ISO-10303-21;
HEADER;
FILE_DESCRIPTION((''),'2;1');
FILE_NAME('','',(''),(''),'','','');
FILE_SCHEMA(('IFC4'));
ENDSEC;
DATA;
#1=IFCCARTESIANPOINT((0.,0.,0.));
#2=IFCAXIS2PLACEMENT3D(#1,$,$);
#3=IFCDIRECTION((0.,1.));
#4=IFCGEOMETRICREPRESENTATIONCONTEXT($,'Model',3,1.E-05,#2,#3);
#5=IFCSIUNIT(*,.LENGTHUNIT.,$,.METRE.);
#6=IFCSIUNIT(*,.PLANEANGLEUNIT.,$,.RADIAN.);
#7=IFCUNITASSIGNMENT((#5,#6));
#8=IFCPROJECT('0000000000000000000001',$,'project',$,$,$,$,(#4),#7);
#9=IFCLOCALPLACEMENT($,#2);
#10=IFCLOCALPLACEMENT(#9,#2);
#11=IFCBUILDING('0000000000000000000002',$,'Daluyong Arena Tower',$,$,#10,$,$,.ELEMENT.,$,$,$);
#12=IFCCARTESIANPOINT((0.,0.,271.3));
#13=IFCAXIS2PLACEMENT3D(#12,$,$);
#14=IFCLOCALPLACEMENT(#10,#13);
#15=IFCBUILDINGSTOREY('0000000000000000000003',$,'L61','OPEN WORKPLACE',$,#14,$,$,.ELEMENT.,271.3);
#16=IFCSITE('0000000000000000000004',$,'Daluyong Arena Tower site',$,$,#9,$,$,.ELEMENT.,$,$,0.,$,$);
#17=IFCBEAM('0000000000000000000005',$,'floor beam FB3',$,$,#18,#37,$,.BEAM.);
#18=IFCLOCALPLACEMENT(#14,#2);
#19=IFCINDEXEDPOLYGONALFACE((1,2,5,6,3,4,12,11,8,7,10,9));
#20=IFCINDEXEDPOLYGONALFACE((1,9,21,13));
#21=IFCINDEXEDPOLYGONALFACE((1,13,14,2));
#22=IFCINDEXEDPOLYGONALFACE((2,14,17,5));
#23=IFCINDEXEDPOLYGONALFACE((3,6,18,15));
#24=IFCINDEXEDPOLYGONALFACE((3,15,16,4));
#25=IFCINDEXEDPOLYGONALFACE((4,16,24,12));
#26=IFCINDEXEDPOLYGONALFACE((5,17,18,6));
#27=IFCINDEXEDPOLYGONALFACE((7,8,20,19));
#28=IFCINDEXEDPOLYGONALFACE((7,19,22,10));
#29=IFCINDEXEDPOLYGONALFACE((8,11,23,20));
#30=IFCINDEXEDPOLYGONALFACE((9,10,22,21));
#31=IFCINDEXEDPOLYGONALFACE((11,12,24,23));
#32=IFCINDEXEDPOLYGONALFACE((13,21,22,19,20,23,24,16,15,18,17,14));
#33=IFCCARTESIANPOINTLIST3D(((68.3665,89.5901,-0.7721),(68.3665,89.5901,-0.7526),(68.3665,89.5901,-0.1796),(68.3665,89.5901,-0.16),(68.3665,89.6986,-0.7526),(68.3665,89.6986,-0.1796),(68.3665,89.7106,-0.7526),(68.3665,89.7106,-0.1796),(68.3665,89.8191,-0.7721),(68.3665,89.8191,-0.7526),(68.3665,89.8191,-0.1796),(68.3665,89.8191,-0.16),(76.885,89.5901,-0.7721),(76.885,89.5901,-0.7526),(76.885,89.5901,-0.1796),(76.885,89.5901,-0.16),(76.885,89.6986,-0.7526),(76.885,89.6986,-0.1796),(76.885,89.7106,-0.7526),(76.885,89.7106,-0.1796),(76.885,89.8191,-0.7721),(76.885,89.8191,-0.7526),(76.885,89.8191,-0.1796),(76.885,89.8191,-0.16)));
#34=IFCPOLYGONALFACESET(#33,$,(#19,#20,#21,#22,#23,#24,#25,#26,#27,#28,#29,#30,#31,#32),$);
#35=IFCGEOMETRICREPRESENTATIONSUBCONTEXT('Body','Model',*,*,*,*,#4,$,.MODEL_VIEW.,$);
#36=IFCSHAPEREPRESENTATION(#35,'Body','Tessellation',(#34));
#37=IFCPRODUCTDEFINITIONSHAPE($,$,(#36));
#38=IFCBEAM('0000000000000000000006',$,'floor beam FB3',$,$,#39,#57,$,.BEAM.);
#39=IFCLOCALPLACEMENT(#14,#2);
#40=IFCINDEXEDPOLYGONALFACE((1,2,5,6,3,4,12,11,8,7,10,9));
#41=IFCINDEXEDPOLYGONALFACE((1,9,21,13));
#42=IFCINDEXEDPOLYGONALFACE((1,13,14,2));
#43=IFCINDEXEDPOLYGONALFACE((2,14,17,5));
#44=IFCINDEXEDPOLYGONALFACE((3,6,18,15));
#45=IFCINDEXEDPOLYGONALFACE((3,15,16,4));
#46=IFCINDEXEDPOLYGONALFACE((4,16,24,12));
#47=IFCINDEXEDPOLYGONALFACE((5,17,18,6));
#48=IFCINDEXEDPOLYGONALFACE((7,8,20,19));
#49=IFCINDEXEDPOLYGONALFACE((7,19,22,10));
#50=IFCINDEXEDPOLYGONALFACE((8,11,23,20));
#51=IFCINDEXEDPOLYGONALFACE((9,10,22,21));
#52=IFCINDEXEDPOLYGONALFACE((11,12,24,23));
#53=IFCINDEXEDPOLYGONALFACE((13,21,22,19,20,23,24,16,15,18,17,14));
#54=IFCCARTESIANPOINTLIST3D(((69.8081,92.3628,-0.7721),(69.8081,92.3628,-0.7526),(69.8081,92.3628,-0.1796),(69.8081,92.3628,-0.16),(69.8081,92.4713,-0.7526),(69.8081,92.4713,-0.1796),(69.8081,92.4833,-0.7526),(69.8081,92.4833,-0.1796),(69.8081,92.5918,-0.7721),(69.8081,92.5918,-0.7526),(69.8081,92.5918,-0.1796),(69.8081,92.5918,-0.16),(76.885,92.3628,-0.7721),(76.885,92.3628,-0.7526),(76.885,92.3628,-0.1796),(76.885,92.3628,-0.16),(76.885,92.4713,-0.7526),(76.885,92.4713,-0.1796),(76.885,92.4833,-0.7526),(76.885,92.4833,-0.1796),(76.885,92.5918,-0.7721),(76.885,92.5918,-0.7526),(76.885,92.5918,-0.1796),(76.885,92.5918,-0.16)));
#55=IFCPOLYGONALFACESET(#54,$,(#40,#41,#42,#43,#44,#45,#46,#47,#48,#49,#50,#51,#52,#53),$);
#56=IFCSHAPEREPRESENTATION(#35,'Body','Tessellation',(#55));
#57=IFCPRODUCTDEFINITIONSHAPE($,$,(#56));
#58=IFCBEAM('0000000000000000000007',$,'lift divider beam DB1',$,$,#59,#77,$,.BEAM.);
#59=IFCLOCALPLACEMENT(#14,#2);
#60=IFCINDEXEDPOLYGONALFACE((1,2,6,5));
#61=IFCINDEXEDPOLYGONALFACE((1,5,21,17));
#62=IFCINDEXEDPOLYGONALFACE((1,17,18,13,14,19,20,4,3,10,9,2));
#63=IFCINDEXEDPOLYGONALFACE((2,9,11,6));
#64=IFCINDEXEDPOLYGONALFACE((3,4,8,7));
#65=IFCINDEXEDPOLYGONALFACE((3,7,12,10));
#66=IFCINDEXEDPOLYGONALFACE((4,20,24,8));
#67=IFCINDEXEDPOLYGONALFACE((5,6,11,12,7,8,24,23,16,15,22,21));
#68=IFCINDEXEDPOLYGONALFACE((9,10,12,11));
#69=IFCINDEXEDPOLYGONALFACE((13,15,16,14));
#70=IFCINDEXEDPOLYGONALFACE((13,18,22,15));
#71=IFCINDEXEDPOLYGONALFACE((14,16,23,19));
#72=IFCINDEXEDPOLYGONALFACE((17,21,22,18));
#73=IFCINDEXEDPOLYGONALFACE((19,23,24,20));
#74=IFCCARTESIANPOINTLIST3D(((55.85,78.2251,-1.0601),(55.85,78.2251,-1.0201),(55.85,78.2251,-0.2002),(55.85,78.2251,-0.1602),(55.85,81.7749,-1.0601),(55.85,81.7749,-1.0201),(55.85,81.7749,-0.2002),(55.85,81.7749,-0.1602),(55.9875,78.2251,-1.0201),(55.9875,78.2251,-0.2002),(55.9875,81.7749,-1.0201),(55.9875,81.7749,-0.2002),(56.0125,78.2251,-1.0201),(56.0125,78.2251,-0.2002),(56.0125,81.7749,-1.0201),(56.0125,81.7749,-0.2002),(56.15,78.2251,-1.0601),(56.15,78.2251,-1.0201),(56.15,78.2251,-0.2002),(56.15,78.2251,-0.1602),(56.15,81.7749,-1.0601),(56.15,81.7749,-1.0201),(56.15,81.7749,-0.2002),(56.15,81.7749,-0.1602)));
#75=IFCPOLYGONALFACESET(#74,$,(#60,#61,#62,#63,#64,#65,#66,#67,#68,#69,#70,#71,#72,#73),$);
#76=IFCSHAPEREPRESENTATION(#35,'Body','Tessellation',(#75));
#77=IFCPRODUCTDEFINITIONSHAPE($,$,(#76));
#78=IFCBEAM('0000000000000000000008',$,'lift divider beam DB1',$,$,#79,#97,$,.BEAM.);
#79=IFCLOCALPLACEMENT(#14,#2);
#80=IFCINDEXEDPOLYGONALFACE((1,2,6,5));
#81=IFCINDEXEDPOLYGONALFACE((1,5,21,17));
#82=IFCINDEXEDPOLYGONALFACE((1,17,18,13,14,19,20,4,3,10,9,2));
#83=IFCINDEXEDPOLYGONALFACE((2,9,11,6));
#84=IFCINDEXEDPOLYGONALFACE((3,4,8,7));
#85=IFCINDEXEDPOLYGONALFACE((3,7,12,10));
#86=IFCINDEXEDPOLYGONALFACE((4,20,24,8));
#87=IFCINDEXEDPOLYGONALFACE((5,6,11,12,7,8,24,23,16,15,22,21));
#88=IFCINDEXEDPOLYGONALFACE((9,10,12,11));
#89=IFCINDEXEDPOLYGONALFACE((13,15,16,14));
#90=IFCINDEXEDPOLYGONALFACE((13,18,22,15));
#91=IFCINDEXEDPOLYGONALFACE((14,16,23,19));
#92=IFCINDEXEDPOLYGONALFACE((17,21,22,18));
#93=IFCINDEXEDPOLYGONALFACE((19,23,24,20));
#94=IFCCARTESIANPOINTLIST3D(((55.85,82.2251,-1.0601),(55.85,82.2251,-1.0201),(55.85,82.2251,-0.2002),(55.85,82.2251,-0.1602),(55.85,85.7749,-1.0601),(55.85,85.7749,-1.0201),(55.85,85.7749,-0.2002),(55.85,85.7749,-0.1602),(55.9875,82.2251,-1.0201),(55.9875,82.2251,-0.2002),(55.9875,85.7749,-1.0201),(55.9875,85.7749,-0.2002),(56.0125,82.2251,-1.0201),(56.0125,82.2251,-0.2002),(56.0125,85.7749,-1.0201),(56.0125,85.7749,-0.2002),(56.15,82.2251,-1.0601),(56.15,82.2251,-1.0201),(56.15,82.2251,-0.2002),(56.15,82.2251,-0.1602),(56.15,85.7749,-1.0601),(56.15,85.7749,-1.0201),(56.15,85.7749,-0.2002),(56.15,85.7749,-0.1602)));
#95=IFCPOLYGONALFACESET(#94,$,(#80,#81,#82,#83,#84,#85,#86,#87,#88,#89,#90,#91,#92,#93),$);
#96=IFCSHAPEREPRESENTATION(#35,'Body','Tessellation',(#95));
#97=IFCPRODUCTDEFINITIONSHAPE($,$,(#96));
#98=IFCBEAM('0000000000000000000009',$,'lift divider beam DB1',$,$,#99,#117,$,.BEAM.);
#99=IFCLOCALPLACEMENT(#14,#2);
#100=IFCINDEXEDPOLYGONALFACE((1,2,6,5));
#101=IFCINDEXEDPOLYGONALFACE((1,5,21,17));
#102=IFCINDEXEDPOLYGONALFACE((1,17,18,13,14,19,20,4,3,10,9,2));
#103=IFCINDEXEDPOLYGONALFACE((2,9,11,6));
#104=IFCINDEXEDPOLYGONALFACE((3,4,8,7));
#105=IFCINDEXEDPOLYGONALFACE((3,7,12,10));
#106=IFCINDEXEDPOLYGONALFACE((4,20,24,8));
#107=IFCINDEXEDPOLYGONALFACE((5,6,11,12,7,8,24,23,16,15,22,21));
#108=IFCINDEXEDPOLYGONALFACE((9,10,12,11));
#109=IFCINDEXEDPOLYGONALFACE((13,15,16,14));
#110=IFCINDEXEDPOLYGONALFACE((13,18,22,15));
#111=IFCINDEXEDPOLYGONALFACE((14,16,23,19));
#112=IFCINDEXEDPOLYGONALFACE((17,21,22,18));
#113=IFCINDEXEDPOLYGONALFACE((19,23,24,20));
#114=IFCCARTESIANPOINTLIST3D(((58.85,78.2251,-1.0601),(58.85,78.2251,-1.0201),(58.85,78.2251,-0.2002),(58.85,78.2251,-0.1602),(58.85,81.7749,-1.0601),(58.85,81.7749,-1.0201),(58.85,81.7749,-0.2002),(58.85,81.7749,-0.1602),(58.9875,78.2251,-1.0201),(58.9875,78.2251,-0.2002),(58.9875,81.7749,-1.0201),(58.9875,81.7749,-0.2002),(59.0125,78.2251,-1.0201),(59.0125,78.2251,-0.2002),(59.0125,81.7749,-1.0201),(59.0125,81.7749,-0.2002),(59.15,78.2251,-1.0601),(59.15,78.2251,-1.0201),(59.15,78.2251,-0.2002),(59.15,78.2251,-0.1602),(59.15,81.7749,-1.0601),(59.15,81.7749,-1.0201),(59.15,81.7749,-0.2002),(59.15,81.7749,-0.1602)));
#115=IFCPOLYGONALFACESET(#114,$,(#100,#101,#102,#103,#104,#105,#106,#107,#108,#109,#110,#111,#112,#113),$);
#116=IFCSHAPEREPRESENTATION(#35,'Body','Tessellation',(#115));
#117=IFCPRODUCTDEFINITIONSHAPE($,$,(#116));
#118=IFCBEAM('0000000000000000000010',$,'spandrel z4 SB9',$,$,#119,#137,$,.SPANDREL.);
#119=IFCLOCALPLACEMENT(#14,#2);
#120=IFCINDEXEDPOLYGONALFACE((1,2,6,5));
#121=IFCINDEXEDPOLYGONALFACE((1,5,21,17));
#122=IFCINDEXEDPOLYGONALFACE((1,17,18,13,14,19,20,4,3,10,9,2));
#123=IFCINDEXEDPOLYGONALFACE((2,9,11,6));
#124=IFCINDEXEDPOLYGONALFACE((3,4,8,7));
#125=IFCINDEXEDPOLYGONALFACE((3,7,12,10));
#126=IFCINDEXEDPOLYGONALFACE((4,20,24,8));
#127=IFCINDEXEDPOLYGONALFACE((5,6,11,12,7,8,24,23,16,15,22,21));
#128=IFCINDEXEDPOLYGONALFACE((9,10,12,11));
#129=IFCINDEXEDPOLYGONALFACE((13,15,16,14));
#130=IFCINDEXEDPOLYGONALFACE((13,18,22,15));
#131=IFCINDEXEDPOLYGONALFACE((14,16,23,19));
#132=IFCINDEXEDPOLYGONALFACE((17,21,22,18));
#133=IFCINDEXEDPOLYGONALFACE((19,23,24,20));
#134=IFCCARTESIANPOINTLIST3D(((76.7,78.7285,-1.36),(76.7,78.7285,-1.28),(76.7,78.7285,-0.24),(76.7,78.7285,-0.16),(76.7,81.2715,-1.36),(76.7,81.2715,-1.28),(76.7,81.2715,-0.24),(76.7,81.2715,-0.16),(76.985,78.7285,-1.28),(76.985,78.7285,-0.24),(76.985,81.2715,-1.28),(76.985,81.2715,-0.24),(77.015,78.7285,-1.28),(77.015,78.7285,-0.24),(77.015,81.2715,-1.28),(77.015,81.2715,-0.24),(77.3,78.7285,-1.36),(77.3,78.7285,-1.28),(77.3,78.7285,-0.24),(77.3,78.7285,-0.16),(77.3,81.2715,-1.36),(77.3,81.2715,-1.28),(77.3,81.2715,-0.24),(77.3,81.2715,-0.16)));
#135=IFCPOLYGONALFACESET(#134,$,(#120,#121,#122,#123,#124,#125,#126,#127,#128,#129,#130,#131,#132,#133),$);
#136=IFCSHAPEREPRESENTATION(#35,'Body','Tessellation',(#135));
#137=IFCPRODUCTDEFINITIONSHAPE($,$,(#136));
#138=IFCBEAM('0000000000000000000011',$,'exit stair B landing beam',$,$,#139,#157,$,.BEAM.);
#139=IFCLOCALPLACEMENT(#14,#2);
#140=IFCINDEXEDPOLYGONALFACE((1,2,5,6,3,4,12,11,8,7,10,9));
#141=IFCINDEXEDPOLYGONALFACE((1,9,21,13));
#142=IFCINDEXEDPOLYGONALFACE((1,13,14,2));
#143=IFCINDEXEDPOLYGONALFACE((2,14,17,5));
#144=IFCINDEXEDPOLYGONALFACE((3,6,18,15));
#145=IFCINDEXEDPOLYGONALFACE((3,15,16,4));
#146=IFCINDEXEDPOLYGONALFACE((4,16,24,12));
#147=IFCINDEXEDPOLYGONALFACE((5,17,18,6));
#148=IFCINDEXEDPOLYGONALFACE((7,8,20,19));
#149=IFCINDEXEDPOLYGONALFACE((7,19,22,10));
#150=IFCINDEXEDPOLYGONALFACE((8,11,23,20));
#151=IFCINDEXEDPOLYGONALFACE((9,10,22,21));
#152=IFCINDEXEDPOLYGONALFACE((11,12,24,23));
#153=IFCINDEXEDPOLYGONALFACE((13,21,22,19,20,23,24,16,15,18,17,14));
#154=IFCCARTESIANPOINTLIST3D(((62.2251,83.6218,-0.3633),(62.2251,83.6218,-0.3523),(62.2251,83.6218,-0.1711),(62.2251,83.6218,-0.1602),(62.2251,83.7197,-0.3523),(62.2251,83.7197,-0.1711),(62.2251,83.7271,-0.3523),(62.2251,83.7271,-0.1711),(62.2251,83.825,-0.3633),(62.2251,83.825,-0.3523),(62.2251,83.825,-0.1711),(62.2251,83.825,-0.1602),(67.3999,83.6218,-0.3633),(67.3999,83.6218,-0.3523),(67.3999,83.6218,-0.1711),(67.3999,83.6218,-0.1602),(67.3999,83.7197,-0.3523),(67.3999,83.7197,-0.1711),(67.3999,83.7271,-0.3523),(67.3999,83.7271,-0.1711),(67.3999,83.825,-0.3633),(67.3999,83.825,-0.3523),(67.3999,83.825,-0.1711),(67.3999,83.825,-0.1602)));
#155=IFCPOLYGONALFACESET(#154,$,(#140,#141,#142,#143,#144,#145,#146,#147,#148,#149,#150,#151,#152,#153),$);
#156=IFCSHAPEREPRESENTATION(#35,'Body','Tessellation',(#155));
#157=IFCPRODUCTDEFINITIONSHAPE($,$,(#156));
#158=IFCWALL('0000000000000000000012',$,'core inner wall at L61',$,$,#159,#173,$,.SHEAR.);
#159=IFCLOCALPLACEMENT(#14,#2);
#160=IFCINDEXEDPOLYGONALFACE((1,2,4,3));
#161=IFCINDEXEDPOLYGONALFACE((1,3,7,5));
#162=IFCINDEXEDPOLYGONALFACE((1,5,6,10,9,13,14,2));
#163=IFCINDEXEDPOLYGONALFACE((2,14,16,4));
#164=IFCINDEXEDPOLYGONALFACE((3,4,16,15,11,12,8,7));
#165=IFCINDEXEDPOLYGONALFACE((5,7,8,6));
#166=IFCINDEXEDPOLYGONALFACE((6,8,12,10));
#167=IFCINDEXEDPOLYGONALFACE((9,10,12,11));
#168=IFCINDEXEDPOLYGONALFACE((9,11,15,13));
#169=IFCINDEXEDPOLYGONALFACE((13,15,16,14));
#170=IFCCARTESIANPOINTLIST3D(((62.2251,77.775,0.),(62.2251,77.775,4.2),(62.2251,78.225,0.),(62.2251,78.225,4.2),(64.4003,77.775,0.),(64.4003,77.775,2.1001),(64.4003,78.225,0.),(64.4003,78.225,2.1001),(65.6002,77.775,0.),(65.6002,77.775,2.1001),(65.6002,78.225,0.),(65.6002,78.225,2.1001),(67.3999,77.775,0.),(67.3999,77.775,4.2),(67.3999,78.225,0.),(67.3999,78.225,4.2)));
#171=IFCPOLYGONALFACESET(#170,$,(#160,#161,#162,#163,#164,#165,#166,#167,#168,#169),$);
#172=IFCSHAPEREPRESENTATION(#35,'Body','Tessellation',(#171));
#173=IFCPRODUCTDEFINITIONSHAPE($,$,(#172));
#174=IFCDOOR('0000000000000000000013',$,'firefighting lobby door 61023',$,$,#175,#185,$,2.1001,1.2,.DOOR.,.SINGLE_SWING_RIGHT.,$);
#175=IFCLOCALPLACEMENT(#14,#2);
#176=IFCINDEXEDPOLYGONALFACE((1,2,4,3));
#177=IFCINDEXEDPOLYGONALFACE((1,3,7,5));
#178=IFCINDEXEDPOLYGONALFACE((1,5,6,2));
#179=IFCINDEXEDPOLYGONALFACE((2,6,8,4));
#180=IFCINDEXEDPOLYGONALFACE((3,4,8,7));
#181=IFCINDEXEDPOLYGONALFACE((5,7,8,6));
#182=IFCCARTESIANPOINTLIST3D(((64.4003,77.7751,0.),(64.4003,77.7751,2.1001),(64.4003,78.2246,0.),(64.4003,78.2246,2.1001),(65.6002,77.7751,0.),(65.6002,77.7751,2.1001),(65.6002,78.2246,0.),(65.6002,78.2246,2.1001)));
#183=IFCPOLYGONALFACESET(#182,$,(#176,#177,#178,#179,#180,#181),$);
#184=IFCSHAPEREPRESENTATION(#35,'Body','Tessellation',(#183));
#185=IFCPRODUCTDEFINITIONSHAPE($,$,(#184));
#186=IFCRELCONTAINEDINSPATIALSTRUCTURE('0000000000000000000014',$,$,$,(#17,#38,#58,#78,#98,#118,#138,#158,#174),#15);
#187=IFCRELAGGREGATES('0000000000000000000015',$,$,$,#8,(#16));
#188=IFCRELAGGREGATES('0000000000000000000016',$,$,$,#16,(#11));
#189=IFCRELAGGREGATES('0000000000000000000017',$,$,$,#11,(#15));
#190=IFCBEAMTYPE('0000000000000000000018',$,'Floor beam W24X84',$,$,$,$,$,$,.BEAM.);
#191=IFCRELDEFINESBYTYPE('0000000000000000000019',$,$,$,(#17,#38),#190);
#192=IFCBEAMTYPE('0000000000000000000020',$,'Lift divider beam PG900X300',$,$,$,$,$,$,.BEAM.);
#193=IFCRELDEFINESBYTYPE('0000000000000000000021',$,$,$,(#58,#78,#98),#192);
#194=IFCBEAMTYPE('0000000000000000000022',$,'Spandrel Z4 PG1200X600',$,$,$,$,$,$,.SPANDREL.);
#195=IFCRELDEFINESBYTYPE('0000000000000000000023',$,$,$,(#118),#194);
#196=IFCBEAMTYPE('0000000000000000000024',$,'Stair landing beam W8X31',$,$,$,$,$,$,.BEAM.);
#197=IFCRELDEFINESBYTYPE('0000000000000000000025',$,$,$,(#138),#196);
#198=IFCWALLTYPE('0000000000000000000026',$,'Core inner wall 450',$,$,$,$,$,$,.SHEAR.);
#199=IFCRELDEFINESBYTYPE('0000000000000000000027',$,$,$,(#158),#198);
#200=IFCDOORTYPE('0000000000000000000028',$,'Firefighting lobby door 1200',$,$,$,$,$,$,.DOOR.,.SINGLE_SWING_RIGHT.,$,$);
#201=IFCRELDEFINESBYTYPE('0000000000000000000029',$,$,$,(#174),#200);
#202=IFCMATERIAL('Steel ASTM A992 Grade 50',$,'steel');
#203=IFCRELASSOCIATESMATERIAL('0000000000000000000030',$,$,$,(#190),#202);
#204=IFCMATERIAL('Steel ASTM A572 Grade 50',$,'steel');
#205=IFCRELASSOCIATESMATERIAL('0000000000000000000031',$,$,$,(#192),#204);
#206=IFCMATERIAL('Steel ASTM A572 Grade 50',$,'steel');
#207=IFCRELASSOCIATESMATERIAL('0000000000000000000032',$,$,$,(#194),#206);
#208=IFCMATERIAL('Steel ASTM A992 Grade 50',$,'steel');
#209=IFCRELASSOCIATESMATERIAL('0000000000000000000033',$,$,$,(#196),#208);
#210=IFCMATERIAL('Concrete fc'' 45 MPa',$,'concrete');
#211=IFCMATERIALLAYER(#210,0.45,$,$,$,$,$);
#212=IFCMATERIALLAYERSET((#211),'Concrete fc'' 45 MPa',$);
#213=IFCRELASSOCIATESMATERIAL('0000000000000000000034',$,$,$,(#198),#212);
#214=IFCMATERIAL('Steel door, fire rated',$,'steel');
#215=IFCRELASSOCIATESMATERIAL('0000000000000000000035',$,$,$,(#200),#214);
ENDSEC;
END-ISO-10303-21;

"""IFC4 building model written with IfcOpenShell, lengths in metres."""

from ifc_helpers import new_model, si_unit, direction, frame, frame_2d, origin, origin_2d, place, context, subcontext, project, spatial, rectangle, i_section, extrude, material, layer, layer_set, material_profile, profile_set, type_object, element, fill, save


model = new_model("IFC4")

# Units and contexts
model_context = context("Model", 3, precision=1e-05, world=origin(), true_north=direction((0.0, 1.0)))
body_context = subcontext(model_context, "Body", "Model", "MODEL_VIEW")
ifc_project = project(units=[si_unit("LENGTHUNIT", "METRE"), si_unit("PLANEANGLEUNIT", "RADIAN")], contexts=[model_context])

# Site, building, storey
site_placement = place(None, origin())
site = spatial("IfcSite", under=ifc_project, at=site_placement, Name="Daluyong Arena Tower site", CompositionType="ELEMENT", RefElevation=0.0)
building_placement = place(site_placement, origin())
building = spatial("IfcBuilding", under=site, at=building_placement, Name="Daluyong Arena Tower", CompositionType="ELEMENT")
storey_placement = place(building_placement, frame((0.0, 0.0, 271.3)))
storey = spatial("IfcBuildingStorey", under=building, at=storey_placement, Name="L61", Description="OPEN WORKPLACE", CompositionType="ELEMENT", Elevation=271.3)

# Beams
ifc_material_1 = material(Name="Steel ASTM A992 Grade 50", Category="steel")
ifc_material_profile_1 = material_profile(ifc_material_1, i_section(OverallWidth=0.229, OverallDepth=0.6121, WebThickness=0.012, FlangeThickness=0.0195, at=origin_2d()))
ifc_profile_set_1 = profile_set([ifc_material_profile_1], Name="Steel ASTM A992 Grade 50")
beam_type_1 = type_object("IfcBeamType", Name="Floor beam W24X84", PredefinedType="BEAM", material=ifc_profile_set_1)
beam_1_placement = place(storey_placement, frame((76.885, 89.7046, -0.4661), z_axis=(-1.0, 0.0, 0.0), x_axis=(0.0, -1.0, 0.0)))
element("IfcBeam", 1, at=beam_1_placement, inside=storey, type_object=beam_type_1, Name="floor beam FB3", PredefinedType="BEAM", context=body_context, shape_type="SweptSolid", body=[
    extrude(i_section(OverallWidth=0.229, OverallDepth=0.6121, WebThickness=0.012, FlangeThickness=0.0195, at=origin_2d()), origin(), (0.0, 0.0, 1.0), 8.5186),
])
beam_2_placement = place(storey_placement, frame((76.885, 92.4773, -0.4661), z_axis=(-1.0, 0.0, 0.0), x_axis=(0.0, -1.0, 0.0)))
element("IfcBeam", 2, at=beam_2_placement, inside=storey, type_object=beam_type_1, Name="floor beam FB3", PredefinedType="BEAM", context=body_context, shape_type="SweptSolid", body=[
    extrude(i_section(OverallWidth=0.229, OverallDepth=0.6121, WebThickness=0.012, FlangeThickness=0.0195, at=origin_2d()), origin(), (0.0, 0.0, 1.0), 7.0769),
])
ifc_material_2 = material(Name="Steel ASTM A572 Grade 50", Category="steel")
ifc_material_profile_2 = material_profile(ifc_material_2, i_section(OverallWidth=0.3, OverallDepth=0.8999, WebThickness=0.025, FlangeThickness=0.04, at=origin_2d()))
ifc_profile_set_2 = profile_set([ifc_material_profile_2], Name="Steel ASTM A572 Grade 50")
beam_type_2 = type_object("IfcBeamType", Name="Lift divider beam PG900X300", PredefinedType="BEAM", material=ifc_profile_set_2)
for number, where, z_axis, x_axis, name in (
    (3, (56.0, 78.2251, -0.6101), (0.0, 1.0, 0.0), (-1.0, 0.0, 0.0), "lift divider beam DB1"),
    (4, (56.0, 82.2251, -0.6101), (0.0, 1.0, 0.0), (-1.0, 0.0, 0.0), "lift divider beam DB1"),
    (5, (59.0, 78.2251, -0.6101), (0.0, 1.0, 0.0), (-1.0, 0.0, 0.0), "lift divider beam DB1"),
):
    element("IfcBeam", number, at=place(storey_placement, frame(where, z_axis=z_axis, x_axis=x_axis)), inside=storey, type_object=beam_type_2, Name=name, PredefinedType="BEAM", context=body_context, shape_type="SweptSolid", body=[
        extrude(i_section(OverallWidth=0.3, OverallDepth=0.8999, WebThickness=0.025, FlangeThickness=0.04, at=origin_2d()), origin(), (0.0, 0.0, 1.0), 3.5498),
    ])
ifc_material_3 = material(Name="Steel ASTM A572 Grade 50", Category="steel")
ifc_material_profile_3 = material_profile(ifc_material_3, i_section(OverallWidth=0.6001, OverallDepth=1.2, WebThickness=0.03, FlangeThickness=0.08, at=origin_2d()))
ifc_profile_set_3 = profile_set([ifc_material_profile_3], Name="Steel ASTM A572 Grade 50")
beam_type_3 = type_object("IfcBeamType", Name="Spandrel Z4 PG1200X600", PredefinedType="SPANDREL", material=ifc_profile_set_3)
beam_3_placement = place(storey_placement, frame((77.0, 78.7285, -0.76), z_axis=(0.0, 1.0, 0.0), x_axis=(-1.0, 0.0, 0.0)))
element("IfcBeam", 6, at=beam_3_placement, inside=storey, type_object=beam_type_3, Name="spandrel z4 SB9", PredefinedType="SPANDREL", context=body_context, shape_type="SweptSolid", body=[
    extrude(i_section(OverallWidth=0.6001, OverallDepth=1.2, WebThickness=0.03, FlangeThickness=0.08, at=origin_2d()), origin(), (0.0, 0.0, 1.0), 2.543),
])
ifc_material_4 = material(Name="Steel ASTM A992 Grade 50", Category="steel")
ifc_material_profile_4 = material_profile(ifc_material_4, i_section(OverallWidth=0.2031, OverallDepth=0.2031, WebThickness=0.0073, FlangeThickness=0.011, at=origin_2d()))
ifc_profile_set_4 = profile_set([ifc_material_profile_4], Name="Steel ASTM A992 Grade 50")
beam_type_4 = type_object("IfcBeamType", Name="Stair landing beam W8X31", PredefinedType="BEAM", material=ifc_profile_set_4)
beam_4_placement = place(storey_placement, frame((62.2251, 83.7234, -0.2617), z_axis=(1.0, 0.0, 0.0), x_axis=(0.0, 1.0, 0.0)))
element("IfcBeam", 7, at=beam_4_placement, inside=storey, type_object=beam_type_4, Name="exit stair B landing beam", PredefinedType="BEAM", context=body_context, shape_type="SweptSolid", body=[
    extrude(i_section(OverallWidth=0.2031, OverallDepth=0.2031, WebThickness=0.0073, FlangeThickness=0.011, at=origin_2d()), origin(), (0.0, 0.0, 1.0), 5.1748),
])

# Wall, opening, door
ifc_material_5 = material(Name="Concrete fc' 45 MPa", Category="concrete")
ifc_layer_1 = layer(ifc_material_5, 0.45)
ifc_layer_set_1 = layer_set([ifc_layer_1], Name="Concrete fc' 45 MPa")
wall_type_1 = type_object("IfcWallType", Name="Core inner wall 450", PredefinedType="SHEAR", material=ifc_layer_set_1)
wall_1_placement = place(storey_placement, frame((62.2251, 78.0, 0.0), z_axis=(0.0, 0.0, 1.0), x_axis=(1.0, 0.0, 0.0)))
wall_1 = element("IfcWall", 8, at=wall_1_placement, inside=storey, type_object=wall_type_1, Name="core inner wall at L61", PredefinedType="SHEAR", context=body_context, shape_type="SweptSolid", body=[
    extrude(rectangle(XDim=5.1748, YDim=0.45, at=frame_2d((2.5874, 0.0))), origin(), (0.0, 0.0, 1.0), 4.2),
])
opening_1_placement = place(wall_1_placement, frame((2.175, 0.0, 0.0)))
opening_1 = element("IfcOpeningElement", 9, at=opening_1_placement, cuts=wall_1, PredefinedType="OPENING", context=body_context, shape_type="SweptSolid", body=[
    extrude(rectangle(XDim=1.2, YDim=2.1001, at=frame_2d((0.6001, 1.05))), frame((0.0, 0.2349, 0.0), z_axis=(0.0, -1.0, 0.0), x_axis=(1.0, 0.0, 0.0)), (0.0, 0.0, 1.0), 0.47),
])
ifc_material_6 = material(Name="Steel door, fire rated", Category="steel")
door_type_1 = type_object("IfcDoorType", Name="Firefighting lobby door 1200", OperationType="SINGLE_SWING_RIGHT", PredefinedType="DOOR", material=ifc_material_6)
door_1_placement = place(opening_1_placement, origin())
door_1 = element("IfcDoor", 10, at=door_1_placement, inside=storey, type_object=door_type_1, Name="firefighting lobby door 61023", OperationType="SINGLE_SWING_RIGHT", OverallHeight=2.1001, OverallWidth=1.2, PredefinedType="DOOR", context=body_context, shape_type="SweptSolid", body=[
    extrude(rectangle(XDim=1.2, YDim=2.1001, at=frame_2d((0.6001, 1.05))), frame((0.0, 0.2246, 0.0), z_axis=(0.0, -1.0, 0.0), x_axis=(1.0, 0.0, 0.0)), (0.0, 0.0, 1.0), 0.4495),
])
fill(opening_1, door_1)

save(model, "model.ifc")
